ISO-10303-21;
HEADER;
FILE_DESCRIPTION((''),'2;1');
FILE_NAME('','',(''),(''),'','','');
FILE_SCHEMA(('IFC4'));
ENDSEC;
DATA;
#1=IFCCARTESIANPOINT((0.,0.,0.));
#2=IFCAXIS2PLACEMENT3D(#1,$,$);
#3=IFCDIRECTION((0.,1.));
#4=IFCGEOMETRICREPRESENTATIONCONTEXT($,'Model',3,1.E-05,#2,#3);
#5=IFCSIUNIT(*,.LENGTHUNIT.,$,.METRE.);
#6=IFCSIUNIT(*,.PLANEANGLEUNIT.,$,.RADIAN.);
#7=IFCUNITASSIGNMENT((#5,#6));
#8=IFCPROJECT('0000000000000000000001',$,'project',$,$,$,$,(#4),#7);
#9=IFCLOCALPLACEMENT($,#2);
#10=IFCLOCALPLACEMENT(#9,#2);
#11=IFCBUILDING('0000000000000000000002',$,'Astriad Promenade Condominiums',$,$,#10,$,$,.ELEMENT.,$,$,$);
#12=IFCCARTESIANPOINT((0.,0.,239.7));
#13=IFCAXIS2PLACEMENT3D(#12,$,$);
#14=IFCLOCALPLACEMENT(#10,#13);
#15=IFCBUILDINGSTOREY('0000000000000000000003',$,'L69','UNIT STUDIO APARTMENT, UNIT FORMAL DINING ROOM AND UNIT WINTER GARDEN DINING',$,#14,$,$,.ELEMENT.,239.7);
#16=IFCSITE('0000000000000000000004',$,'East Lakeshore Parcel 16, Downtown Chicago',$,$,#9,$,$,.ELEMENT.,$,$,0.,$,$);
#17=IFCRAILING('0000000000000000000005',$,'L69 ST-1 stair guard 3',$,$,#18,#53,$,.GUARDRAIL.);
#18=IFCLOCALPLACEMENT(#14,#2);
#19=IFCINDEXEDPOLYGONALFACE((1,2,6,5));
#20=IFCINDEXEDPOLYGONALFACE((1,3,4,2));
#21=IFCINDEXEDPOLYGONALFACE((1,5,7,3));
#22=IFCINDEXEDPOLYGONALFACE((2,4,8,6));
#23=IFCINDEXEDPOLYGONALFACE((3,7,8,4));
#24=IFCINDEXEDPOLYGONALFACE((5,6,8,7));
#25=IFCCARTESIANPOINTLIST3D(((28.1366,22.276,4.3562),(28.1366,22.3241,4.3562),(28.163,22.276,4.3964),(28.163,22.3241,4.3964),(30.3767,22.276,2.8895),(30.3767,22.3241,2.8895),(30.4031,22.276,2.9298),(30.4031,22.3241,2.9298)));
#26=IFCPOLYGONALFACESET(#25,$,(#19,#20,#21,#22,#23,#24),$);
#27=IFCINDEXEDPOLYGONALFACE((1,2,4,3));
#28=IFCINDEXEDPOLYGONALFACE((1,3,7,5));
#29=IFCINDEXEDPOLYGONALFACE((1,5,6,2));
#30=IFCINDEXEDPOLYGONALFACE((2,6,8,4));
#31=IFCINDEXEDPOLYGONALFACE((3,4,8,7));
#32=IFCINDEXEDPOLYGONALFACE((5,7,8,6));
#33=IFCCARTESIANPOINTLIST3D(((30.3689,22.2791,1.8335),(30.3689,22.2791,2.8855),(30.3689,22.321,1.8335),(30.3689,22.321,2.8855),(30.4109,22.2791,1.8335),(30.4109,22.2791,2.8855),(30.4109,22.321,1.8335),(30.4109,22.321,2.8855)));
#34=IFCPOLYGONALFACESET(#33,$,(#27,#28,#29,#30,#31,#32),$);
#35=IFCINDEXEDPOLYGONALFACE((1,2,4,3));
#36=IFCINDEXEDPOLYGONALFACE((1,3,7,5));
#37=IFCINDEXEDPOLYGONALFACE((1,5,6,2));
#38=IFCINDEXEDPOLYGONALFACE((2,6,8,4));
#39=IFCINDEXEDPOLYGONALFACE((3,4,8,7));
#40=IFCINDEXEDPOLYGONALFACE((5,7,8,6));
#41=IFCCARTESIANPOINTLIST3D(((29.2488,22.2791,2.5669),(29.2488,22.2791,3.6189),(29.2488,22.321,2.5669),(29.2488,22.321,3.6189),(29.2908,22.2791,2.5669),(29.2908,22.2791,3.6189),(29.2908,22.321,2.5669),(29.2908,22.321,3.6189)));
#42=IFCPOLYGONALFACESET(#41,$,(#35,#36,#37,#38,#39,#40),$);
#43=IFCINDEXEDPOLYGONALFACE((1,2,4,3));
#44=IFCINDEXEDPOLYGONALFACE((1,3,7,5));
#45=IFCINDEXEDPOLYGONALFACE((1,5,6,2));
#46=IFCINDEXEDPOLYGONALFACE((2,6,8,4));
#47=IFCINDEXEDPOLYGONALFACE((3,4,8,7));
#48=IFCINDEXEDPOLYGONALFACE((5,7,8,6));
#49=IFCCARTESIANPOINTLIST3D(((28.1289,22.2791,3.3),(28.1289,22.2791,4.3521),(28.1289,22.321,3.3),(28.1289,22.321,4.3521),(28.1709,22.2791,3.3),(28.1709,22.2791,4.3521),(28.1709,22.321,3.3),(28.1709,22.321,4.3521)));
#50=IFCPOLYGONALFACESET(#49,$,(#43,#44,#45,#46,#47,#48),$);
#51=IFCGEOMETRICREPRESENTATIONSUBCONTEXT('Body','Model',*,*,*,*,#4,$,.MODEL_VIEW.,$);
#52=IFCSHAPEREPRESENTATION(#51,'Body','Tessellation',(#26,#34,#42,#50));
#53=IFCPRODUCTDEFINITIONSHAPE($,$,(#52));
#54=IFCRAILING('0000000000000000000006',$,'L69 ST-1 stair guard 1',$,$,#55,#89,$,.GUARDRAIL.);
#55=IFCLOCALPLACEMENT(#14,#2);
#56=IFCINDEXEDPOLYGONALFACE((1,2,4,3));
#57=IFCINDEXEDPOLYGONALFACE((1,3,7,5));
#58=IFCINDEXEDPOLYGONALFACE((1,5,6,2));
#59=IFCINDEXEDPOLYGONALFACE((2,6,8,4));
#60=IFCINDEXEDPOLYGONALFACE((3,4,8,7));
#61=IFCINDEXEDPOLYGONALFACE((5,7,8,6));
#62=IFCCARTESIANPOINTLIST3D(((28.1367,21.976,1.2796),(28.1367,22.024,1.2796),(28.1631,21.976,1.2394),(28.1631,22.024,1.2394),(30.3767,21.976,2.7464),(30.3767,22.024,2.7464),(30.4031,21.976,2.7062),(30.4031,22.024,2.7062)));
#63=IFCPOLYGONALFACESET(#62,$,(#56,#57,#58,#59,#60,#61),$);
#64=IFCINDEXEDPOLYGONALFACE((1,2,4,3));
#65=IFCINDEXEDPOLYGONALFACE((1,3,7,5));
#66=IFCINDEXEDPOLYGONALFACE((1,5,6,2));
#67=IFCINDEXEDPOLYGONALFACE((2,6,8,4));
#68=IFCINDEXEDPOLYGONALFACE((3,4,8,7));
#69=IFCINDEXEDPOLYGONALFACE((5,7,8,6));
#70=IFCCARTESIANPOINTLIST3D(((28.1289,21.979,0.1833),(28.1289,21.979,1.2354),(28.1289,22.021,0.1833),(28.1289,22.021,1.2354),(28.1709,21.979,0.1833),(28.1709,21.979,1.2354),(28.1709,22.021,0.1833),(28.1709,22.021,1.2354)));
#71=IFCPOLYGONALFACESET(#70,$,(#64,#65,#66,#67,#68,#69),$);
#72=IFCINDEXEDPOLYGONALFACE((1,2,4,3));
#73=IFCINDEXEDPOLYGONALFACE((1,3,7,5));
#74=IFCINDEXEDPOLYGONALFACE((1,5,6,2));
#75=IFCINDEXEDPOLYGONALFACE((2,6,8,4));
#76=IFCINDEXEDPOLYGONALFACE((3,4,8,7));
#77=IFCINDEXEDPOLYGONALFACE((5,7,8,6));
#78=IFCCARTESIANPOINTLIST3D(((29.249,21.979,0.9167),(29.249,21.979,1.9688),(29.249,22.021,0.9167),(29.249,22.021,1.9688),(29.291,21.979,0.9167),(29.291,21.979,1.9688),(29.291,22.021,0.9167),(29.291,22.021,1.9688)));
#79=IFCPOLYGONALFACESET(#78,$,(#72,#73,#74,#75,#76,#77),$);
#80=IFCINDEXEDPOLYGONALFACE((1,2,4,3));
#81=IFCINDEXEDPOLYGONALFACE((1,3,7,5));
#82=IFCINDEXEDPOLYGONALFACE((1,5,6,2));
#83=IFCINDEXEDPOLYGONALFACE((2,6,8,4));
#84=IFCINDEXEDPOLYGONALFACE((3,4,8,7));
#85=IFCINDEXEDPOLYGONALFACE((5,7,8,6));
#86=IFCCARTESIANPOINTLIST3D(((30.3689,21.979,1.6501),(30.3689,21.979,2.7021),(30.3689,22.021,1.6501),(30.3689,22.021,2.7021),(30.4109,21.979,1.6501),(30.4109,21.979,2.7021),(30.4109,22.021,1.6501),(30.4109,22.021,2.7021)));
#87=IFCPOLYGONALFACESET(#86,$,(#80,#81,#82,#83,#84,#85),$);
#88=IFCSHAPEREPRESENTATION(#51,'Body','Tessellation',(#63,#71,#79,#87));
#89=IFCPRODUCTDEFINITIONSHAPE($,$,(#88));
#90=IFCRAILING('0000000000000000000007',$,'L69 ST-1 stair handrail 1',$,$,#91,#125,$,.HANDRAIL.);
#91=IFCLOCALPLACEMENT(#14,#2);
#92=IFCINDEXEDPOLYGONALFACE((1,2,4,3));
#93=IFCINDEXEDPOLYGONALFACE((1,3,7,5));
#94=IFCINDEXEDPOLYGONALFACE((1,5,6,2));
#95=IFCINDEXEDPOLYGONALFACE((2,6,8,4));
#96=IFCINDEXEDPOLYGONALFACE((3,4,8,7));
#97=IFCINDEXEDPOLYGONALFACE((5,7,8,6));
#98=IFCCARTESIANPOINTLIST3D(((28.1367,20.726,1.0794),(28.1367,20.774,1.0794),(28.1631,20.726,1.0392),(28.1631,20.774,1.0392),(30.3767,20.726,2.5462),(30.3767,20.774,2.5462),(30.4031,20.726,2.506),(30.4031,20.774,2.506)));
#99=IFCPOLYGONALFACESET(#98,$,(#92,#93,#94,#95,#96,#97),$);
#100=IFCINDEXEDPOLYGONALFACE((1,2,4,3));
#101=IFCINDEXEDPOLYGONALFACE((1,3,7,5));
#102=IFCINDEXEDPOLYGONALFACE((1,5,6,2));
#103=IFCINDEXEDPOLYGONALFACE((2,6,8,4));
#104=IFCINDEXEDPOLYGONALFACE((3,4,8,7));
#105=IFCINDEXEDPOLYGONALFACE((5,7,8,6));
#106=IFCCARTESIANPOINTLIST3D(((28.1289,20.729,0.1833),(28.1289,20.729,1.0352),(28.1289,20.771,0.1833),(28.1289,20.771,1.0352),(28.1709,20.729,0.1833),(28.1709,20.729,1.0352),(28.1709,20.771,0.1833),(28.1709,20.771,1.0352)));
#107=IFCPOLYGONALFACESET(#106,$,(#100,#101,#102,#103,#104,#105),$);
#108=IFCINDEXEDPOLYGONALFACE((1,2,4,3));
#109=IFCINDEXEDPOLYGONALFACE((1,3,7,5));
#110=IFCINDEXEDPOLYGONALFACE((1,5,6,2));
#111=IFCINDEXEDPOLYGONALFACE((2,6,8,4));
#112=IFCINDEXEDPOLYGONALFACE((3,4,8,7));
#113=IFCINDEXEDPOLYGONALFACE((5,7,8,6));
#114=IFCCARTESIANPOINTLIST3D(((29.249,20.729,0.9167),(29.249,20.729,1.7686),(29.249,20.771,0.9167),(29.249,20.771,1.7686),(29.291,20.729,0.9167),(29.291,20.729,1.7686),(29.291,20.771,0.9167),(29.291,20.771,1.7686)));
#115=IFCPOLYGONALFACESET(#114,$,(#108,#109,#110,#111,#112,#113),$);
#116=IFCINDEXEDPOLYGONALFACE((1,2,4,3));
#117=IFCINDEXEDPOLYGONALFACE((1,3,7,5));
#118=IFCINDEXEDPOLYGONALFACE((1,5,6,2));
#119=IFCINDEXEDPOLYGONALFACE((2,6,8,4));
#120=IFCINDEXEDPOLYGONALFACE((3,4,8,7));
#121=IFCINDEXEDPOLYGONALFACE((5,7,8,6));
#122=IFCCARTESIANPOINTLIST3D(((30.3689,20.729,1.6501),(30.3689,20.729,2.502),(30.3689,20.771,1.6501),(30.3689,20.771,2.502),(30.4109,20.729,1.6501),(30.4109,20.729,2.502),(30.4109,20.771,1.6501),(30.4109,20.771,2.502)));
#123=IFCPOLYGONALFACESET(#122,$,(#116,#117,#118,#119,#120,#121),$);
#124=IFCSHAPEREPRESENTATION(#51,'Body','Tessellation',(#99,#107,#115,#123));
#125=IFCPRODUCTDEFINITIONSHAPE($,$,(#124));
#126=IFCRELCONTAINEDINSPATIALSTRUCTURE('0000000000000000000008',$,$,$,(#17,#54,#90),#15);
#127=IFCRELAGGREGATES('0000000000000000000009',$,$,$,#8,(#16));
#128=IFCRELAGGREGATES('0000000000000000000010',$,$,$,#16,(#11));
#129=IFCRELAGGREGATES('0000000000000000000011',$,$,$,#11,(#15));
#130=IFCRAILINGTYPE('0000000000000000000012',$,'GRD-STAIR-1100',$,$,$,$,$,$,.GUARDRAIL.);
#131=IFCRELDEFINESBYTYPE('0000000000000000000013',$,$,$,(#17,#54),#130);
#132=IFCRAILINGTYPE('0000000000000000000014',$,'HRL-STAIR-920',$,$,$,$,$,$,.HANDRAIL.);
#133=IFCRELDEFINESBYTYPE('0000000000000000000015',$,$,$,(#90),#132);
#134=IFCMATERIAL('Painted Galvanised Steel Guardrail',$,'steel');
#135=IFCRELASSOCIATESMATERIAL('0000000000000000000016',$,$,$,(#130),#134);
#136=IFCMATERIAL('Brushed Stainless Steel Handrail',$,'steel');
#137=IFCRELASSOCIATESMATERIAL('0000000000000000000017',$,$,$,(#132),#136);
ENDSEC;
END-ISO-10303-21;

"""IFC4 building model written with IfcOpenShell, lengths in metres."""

from ifc_helpers import new_model, si_unit, direction, frame, origin, origin_2d, place, context, subcontext, project, spatial, rectangle, extrude, source, transform, mapped, material, type_object, type_shapes, element, save


model = new_model("IFC4")

# Units and contexts
model_context = context("Model", 3, precision=1e-05, world=origin(), true_north=direction((0.0, 1.0)))
body_context = subcontext(model_context, "Body", "Model", "MODEL_VIEW")
ifc_project = project(units=[si_unit("LENGTHUNIT", "METRE"), si_unit("PLANEANGLEUNIT", "RADIAN")], contexts=[model_context])

# Site, building, storey
site_placement = place(None, origin())
site = spatial("IfcSite", under=ifc_project, at=site_placement, Name="East Lakeshore Parcel 16, Downtown Chicago", CompositionType="ELEMENT", RefElevation=0.0)
building_placement = place(site_placement, origin())
building = spatial("IfcBuilding", under=site, at=building_placement, Name="Astriad Promenade Condominiums", CompositionType="ELEMENT")
storey_placement = place(building_placement, frame((0.0, 0.0, 239.7)))
storey = spatial("IfcBuildingStorey", under=building, at=storey_placement, Name="L69", Description="UNIT STUDIO APARTMENT, UNIT FORMAL DINING ROOM AND UNIT WINTER GARDEN DINING", CompositionType="ELEMENT", Elevation=239.7)

# Railings
ifc_material_1 = material(Name="Painted Galvanised Steel Guardrail", Category="steel")
railing_type_1 = type_object("IfcRailingType", Name="GRD-STAIR-1100", PredefinedType="GUARDRAIL", material=ifc_material_1)
shared_shape_1 = source(origin(), body_context, "Body", "SweptSolid", [
    extrude(rectangle(XDim=0.0481, YDim=0.0481, at=origin_2d()), frame((0.0, 0.0, 1.0762), z_axis=(-0.836637, 0.0, 0.547758), x_axis=(0.0, -1.0, 0.0)), (0.0, 0.0, 1.0), 2.6775),
    extrude(rectangle(XDim=0.042, YDim=0.042, at=origin_2d()), origin(), (0.0, 0.0, 1.0), 1.052),
    extrude(rectangle(XDim=0.042, YDim=0.042, at=origin_2d()), frame((-1.1201, 0.0, 0.7334)), (0.0, 0.0, 1.0), 1.052),
    extrude(rectangle(XDim=0.042, YDim=0.042, at=origin_2d()), frame((-2.24, 0.0, 1.4666)), (0.0, 0.0, 1.0), 1.052),
])
railing_1_placement = place(storey_placement, frame((30.3899, 22.3, 1.8335)))
element("IfcRailing", 1, at=railing_1_placement, inside=storey, type_object=railing_type_1, Name="L69 ST-1 stair guard 3", PredefinedType="GUARDRAIL", context=body_context, shape_type="MappedRepresentation", body=[
    mapped(shared_shape_1, transform((0.0, 0.0, 0.0), scale=1.0)),
])
shared_shape_2 = source(origin(), body_context, "Body", "SweptSolid", [
    extrude(rectangle(XDim=0.0481, YDim=0.0481, at=origin_2d()), frame((0.0, 0.0, 1.0762), z_axis=(0.836595, 0.0, 0.547822), x_axis=(0.0, 1.0, 0.0)), (0.0, 0.0, 1.0), 2.6775),
    extrude(rectangle(XDim=0.042, YDim=0.042, at=origin_2d()), origin(), (0.0, 0.0, 1.0), 1.052),
    extrude(rectangle(XDim=0.042, YDim=0.042, at=origin_2d()), frame((1.1201, 0.0, 0.7334)), (0.0, 0.0, 1.0), 1.052),
    extrude(rectangle(XDim=0.042, YDim=0.042, at=origin_2d()), frame((2.24, 0.0, 1.4668)), (0.0, 0.0, 1.0), 1.052),
])
railing_2_placement = place(storey_placement, frame((28.1499, 22.0, 0.1833)))
element("IfcRailing", 2, at=railing_2_placement, inside=storey, type_object=railing_type_1, Name="L69 ST-1 stair guard 1", PredefinedType="GUARDRAIL", context=body_context, shape_type="MappedRepresentation", body=[
    mapped(shared_shape_2, transform((0.0, 0.0, 0.0), scale=1.0)),
])
ifc_material_2 = material(Name="Brushed Stainless Steel Handrail", Category="steel")
railing_type_2 = type_object("IfcRailingType", Name="HRL-STAIR-920", PredefinedType="HANDRAIL", material=ifc_material_2)
shared_shape_3 = source(origin(), body_context, "Body", "SweptSolid", [
    extrude(rectangle(XDim=0.0481, YDim=0.0481, at=origin_2d()), frame((0.0, 0.0, 0.876), z_axis=(0.836595, 0.0, 0.547822), x_axis=(0.0, 1.0, 0.0)), (0.0, 0.0, 1.0), 2.6775),
    extrude(rectangle(XDim=0.042, YDim=0.042, at=origin_2d()), origin(), (0.0, 0.0, 1.0), 0.8518),
    extrude(rectangle(XDim=0.042, YDim=0.042, at=origin_2d()), frame((1.1201, 0.0, 0.7334)), (0.0, 0.0, 1.0), 0.8518),
    extrude(rectangle(XDim=0.042, YDim=0.042, at=origin_2d()), frame((2.24, 0.0, 1.4668)), (0.0, 0.0, 1.0), 0.8518),
])
type_shapes(railing_type_2, [shared_shape_3])
railing_3_placement = place(storey_placement, frame((28.1499, 20.75, 0.1833)))
element("IfcRailing", 3, at=railing_3_placement, inside=storey, type_object=railing_type_2, Name="L69 ST-1 stair handrail 1", PredefinedType="HANDRAIL", context=body_context, shape_type="MappedRepresentation", body=[
    mapped(shared_shape_3, transform((0.0, 0.0, 0.0), scale=1.0)),
])

save(model, "model.ifc")
